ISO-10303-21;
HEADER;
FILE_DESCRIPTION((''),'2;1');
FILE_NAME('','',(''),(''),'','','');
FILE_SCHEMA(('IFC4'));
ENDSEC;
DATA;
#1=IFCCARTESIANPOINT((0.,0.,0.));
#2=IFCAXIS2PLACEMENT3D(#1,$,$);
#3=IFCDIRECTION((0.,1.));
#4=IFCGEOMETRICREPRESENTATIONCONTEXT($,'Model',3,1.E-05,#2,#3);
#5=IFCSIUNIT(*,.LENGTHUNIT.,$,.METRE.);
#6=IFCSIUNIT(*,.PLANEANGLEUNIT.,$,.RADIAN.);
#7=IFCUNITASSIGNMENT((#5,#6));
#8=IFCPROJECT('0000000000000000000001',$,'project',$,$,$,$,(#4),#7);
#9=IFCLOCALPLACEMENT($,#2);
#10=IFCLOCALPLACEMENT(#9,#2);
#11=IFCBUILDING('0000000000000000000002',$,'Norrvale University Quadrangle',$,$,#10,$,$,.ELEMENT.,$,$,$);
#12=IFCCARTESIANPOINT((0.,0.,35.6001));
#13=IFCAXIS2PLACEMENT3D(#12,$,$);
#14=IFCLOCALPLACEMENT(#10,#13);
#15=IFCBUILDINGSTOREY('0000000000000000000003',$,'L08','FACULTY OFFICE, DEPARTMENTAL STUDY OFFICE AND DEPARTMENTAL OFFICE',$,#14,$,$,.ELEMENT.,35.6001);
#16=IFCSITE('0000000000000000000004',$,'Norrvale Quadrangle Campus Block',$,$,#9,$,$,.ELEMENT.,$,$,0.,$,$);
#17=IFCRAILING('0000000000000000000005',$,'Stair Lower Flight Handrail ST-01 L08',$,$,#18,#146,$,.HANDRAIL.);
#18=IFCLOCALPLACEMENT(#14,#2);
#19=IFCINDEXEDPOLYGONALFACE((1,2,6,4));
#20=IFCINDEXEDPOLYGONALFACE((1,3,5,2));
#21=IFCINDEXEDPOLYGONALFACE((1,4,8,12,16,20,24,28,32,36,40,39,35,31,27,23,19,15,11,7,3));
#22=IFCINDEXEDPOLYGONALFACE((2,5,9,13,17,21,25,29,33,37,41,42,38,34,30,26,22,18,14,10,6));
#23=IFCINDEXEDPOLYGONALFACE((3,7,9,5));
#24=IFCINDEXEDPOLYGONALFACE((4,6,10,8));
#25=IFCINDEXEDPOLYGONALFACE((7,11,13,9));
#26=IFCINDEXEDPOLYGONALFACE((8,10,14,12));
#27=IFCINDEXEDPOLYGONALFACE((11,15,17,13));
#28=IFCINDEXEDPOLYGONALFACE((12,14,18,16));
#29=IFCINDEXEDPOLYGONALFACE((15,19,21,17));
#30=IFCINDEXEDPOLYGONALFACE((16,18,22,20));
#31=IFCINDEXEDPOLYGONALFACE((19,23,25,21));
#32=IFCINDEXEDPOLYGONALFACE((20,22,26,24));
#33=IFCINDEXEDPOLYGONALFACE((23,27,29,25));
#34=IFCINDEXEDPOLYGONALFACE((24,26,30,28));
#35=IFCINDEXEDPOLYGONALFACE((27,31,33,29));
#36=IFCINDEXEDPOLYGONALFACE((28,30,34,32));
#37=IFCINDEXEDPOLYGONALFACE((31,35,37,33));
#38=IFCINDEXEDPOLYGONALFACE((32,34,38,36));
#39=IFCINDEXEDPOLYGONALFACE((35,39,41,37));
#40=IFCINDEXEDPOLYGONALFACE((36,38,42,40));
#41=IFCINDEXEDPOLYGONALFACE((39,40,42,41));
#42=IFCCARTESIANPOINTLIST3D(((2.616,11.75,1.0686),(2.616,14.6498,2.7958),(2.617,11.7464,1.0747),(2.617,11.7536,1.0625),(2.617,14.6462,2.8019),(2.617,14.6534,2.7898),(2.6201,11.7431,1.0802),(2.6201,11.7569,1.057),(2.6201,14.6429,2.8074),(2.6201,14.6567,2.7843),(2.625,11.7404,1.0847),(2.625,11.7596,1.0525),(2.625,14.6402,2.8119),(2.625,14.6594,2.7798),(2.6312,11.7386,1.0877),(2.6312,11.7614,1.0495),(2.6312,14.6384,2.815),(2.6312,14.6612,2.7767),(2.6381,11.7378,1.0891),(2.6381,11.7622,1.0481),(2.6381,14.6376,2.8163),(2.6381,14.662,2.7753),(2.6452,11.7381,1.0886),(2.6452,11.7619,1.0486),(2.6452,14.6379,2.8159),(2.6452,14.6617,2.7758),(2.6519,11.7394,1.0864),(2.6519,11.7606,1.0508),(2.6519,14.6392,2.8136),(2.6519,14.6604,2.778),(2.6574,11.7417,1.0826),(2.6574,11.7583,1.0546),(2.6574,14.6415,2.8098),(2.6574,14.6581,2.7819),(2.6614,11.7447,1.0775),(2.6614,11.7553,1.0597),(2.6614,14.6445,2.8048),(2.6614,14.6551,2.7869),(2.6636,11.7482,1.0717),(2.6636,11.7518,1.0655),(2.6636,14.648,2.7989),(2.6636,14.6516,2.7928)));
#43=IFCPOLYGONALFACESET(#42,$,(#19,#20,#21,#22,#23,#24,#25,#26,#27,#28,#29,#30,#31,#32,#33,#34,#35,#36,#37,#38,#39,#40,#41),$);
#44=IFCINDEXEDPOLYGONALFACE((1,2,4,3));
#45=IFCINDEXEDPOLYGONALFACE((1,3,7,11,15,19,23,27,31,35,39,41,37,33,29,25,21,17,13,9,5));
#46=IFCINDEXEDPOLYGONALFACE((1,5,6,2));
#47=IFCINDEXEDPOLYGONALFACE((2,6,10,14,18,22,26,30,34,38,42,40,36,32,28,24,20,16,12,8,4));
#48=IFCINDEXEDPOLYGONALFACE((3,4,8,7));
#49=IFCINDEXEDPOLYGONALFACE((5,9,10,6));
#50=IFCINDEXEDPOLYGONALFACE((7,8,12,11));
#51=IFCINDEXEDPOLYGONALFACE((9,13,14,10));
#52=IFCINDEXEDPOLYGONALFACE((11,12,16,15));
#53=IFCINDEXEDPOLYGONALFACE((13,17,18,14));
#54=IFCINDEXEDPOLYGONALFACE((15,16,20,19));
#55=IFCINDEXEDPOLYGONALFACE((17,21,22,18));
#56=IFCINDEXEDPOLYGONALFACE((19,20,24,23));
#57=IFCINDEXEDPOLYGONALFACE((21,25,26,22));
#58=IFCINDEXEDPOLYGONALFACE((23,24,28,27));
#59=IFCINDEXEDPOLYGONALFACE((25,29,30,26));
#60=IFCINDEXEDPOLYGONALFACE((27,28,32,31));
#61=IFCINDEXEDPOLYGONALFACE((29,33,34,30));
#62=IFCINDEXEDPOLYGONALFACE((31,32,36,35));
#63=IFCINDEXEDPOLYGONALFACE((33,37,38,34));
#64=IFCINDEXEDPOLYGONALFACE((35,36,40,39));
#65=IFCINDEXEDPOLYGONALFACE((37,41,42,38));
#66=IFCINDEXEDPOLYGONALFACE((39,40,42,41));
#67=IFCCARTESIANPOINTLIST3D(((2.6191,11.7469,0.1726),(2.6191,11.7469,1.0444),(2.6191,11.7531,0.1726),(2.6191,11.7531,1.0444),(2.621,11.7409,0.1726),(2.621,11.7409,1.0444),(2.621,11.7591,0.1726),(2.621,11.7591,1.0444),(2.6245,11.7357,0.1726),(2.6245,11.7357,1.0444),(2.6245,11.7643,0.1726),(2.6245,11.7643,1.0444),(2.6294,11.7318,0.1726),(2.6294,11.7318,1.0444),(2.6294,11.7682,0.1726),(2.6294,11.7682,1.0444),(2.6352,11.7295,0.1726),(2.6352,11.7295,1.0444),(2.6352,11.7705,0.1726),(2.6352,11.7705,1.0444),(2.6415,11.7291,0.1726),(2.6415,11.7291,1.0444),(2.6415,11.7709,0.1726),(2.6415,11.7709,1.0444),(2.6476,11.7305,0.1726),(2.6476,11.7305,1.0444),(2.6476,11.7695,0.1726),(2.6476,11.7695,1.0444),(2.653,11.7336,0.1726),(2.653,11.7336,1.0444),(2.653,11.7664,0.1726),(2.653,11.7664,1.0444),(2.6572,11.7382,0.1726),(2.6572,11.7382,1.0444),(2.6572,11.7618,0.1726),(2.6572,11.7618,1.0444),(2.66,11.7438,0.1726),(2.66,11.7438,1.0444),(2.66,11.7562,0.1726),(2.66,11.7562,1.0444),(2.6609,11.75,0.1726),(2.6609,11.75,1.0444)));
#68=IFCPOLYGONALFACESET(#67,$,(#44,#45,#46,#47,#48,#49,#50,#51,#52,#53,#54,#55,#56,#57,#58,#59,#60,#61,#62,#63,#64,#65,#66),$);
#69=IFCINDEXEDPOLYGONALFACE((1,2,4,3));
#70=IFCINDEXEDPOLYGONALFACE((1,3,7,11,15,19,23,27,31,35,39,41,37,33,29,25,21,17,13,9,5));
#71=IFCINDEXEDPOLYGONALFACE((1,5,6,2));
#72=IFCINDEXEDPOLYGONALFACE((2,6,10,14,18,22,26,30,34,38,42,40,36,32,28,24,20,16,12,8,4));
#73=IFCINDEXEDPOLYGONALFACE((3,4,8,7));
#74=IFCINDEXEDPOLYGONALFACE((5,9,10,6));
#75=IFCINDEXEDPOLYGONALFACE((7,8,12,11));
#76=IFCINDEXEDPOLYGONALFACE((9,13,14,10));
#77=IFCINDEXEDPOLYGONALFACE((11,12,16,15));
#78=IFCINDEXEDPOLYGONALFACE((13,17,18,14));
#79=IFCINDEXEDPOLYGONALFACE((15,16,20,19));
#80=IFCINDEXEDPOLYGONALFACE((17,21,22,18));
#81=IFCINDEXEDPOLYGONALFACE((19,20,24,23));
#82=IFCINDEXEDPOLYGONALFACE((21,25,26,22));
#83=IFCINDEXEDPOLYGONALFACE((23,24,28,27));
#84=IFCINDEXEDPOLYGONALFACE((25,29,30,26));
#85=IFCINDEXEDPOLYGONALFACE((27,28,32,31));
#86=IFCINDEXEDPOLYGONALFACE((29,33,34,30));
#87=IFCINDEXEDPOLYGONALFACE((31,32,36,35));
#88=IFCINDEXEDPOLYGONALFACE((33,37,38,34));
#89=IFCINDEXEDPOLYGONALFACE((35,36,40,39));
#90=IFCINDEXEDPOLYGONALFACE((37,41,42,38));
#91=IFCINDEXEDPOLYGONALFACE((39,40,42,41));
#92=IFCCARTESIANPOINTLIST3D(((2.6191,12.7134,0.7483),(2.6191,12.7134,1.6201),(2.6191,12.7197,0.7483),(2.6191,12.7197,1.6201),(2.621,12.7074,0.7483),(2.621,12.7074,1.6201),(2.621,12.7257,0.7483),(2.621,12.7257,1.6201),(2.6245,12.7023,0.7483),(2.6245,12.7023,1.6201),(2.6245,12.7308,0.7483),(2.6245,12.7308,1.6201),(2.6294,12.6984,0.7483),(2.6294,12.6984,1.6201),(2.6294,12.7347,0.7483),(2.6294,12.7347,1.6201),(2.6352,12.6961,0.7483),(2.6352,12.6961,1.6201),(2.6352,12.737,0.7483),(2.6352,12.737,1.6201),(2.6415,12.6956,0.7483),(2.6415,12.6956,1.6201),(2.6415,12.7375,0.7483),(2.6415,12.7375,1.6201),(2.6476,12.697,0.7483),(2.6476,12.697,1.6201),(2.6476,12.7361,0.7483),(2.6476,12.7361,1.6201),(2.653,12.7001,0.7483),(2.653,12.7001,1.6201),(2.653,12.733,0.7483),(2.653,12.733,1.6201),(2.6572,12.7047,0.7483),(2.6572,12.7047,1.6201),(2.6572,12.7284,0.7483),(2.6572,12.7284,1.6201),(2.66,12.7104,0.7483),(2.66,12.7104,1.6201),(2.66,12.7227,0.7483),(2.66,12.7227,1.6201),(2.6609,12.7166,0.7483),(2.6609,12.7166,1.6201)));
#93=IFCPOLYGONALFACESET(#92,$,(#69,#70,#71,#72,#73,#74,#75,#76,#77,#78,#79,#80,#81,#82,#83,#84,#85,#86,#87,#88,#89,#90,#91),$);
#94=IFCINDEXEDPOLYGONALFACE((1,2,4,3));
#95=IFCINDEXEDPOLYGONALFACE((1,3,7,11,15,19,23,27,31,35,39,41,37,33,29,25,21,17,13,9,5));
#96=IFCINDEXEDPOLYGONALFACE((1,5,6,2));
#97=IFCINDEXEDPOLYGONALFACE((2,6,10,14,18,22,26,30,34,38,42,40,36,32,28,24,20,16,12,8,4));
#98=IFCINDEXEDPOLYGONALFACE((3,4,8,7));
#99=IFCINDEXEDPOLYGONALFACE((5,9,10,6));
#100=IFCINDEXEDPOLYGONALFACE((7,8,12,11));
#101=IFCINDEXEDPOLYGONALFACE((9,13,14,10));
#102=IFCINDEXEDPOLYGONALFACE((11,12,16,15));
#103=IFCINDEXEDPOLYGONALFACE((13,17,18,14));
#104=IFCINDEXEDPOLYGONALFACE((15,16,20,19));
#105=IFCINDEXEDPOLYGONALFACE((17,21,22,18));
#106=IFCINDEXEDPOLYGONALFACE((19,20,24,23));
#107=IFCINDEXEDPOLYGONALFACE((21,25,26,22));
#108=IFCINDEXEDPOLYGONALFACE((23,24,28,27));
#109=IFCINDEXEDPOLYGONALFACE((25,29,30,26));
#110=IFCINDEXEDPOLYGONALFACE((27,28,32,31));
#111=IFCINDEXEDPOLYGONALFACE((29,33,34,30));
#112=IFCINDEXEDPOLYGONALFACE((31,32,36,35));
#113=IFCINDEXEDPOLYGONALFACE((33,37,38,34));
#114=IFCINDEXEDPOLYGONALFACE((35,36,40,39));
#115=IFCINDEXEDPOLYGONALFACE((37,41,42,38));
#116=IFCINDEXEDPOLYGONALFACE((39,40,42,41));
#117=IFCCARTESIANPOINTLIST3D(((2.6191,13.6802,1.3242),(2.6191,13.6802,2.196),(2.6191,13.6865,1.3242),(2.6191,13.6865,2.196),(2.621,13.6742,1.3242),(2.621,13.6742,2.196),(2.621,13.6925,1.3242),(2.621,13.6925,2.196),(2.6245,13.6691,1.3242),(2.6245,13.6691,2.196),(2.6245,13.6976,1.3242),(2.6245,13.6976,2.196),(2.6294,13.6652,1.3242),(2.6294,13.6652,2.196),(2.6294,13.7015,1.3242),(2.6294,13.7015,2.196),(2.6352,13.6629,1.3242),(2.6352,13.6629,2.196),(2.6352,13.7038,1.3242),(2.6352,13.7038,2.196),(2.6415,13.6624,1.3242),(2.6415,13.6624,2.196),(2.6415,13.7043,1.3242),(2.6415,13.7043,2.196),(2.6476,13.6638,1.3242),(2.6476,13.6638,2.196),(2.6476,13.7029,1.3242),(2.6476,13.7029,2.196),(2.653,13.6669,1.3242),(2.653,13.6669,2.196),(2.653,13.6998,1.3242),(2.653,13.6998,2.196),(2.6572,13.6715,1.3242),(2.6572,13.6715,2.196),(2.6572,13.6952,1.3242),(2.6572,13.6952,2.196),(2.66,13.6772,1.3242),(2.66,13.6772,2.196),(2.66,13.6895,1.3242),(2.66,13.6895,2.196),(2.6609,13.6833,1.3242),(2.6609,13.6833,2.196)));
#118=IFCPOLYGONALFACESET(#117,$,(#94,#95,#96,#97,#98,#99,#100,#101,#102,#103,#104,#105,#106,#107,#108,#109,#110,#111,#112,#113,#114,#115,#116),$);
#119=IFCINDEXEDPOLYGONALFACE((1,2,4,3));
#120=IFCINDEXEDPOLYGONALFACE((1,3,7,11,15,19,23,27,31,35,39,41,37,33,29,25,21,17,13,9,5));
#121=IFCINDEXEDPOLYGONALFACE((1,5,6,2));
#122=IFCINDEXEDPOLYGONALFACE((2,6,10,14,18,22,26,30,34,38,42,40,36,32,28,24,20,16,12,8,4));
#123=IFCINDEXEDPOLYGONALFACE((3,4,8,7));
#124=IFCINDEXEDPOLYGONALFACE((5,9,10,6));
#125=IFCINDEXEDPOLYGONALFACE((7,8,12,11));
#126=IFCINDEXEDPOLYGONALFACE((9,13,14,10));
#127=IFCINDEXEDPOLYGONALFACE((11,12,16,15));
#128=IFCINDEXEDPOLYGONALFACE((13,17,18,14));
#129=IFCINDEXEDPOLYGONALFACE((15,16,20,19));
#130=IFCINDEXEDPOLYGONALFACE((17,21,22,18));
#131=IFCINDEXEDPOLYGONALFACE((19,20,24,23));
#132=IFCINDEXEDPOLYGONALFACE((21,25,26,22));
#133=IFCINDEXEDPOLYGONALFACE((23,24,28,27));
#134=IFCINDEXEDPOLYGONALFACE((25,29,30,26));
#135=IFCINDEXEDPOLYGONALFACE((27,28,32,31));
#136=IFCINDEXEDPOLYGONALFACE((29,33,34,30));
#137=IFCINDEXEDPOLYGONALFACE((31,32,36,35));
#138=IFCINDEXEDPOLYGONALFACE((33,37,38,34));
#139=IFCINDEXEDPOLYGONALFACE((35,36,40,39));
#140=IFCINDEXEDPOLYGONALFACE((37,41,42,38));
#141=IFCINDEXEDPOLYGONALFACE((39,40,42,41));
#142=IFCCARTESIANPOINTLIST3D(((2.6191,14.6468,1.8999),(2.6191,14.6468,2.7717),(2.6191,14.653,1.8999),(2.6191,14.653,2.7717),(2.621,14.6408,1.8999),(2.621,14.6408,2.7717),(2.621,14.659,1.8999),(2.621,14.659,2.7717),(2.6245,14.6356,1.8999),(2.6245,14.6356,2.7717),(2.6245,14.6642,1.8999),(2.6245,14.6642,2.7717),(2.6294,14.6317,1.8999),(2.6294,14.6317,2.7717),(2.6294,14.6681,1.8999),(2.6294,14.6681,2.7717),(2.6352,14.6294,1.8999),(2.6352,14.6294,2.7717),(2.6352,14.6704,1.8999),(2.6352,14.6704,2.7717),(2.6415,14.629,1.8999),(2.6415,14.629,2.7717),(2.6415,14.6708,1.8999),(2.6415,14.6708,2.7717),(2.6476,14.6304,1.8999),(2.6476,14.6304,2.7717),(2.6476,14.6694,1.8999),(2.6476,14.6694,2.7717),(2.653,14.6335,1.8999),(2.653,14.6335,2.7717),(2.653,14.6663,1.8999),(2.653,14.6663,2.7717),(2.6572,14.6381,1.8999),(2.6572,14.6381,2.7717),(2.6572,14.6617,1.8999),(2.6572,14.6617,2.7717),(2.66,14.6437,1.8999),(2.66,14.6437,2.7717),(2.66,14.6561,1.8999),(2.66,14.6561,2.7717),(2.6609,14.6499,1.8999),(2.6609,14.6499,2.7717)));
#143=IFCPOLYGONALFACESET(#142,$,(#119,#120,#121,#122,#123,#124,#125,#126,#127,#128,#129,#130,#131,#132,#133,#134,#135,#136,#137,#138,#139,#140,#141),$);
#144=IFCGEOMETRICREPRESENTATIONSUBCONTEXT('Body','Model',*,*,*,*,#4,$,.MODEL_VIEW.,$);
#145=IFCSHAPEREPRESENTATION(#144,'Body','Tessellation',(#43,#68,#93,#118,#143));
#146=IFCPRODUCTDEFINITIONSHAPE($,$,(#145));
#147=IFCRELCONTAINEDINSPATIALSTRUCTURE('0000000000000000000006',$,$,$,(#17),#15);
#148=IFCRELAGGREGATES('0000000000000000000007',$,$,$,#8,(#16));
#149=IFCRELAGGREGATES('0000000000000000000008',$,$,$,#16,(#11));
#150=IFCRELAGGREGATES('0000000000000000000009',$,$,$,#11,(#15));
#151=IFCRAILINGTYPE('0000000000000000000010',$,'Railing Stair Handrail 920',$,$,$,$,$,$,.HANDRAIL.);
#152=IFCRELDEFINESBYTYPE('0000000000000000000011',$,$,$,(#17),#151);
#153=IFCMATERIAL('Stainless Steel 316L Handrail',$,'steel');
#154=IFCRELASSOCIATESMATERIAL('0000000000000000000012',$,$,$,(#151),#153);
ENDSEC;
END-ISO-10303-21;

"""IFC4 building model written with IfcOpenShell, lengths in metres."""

from ifc_helpers import new_model, si_unit, direction, frame, origin, origin_2d, place, context, subcontext, project, spatial, circle, extrude, material, type_object, element, save


model = new_model("IFC4")

# Units and contexts
model_context = context("Model", 3, precision=1e-05, world=origin(), true_north=direction((0.0, 1.0)))
body_context = subcontext(model_context, "Body", "Model", "MODEL_VIEW")
ifc_project = project(units=[si_unit("LENGTHUNIT", "METRE"), si_unit("PLANEANGLEUNIT", "RADIAN")], contexts=[model_context])

# Site, building, storey
site_placement = place(None, origin())
site = spatial("IfcSite", under=ifc_project, at=site_placement, Name="Norrvale Quadrangle Campus Block", CompositionType="ELEMENT", RefElevation=0.0)
building_placement = place(site_placement, origin())
building = spatial("IfcBuilding", under=site, at=building_placement, Name="Norrvale University Quadrangle", CompositionType="ELEMENT")
storey_placement = place(building_placement, frame((0.0, 0.0, 35.6001)))
storey = spatial("IfcBuildingStorey", under=building, at=storey_placement, Name="L08", Description="FACULTY OFFICE, DEPARTMENTAL STUDY OFFICE AND DEPARTMENTAL OFFICE", CompositionType="ELEMENT", Elevation=35.6001)

# Railing
ifc_material_1 = material(Name="Stainless Steel 316L Handrail", Category="steel")
railing_type_1 = type_object("IfcRailingType", Name="Railing Stair Handrail 920", PredefinedType="HANDRAIL", material=ifc_material_1)
railing_1_placement = place(storey_placement, frame((2.6399, 11.75, 0.1726)))
element("IfcRailing", 1, at=railing_1_placement, inside=storey, type_object=railing_type_1, Name="Stair Lower Flight Handrail ST-01 L08", PredefinedType="HANDRAIL", context=body_context, shape_type="SweptSolid", body=[
    extrude(circle(Radius=0.0239, at=origin_2d()), frame((0.0, 0.0, 0.896), z_axis=(0.0, 0.859141, 0.511738), x_axis=(-1.0, 0.0, 0.0)), (0.0, 0.0, 1.0), 3.3752),
    extrude(circle(Radius=0.021, at=origin_2d()), origin(), (0.0, 0.0, 1.0), 0.8718),
    extrude(circle(Radius=0.021, at=origin_2d()), frame((0.0, 0.9666, 0.5757)), (0.0, 0.0, 1.0), 0.8718),
    extrude(circle(Radius=0.021, at=origin_2d()), frame((0.0, 1.9333, 1.1516)), (0.0, 0.0, 1.0), 0.8718),
    extrude(circle(Radius=0.021, at=origin_2d()), frame((0.0, 2.8999, 1.7273)), (0.0, 0.0, 1.0), 0.8718),
])

save(model, "model.ifc")
